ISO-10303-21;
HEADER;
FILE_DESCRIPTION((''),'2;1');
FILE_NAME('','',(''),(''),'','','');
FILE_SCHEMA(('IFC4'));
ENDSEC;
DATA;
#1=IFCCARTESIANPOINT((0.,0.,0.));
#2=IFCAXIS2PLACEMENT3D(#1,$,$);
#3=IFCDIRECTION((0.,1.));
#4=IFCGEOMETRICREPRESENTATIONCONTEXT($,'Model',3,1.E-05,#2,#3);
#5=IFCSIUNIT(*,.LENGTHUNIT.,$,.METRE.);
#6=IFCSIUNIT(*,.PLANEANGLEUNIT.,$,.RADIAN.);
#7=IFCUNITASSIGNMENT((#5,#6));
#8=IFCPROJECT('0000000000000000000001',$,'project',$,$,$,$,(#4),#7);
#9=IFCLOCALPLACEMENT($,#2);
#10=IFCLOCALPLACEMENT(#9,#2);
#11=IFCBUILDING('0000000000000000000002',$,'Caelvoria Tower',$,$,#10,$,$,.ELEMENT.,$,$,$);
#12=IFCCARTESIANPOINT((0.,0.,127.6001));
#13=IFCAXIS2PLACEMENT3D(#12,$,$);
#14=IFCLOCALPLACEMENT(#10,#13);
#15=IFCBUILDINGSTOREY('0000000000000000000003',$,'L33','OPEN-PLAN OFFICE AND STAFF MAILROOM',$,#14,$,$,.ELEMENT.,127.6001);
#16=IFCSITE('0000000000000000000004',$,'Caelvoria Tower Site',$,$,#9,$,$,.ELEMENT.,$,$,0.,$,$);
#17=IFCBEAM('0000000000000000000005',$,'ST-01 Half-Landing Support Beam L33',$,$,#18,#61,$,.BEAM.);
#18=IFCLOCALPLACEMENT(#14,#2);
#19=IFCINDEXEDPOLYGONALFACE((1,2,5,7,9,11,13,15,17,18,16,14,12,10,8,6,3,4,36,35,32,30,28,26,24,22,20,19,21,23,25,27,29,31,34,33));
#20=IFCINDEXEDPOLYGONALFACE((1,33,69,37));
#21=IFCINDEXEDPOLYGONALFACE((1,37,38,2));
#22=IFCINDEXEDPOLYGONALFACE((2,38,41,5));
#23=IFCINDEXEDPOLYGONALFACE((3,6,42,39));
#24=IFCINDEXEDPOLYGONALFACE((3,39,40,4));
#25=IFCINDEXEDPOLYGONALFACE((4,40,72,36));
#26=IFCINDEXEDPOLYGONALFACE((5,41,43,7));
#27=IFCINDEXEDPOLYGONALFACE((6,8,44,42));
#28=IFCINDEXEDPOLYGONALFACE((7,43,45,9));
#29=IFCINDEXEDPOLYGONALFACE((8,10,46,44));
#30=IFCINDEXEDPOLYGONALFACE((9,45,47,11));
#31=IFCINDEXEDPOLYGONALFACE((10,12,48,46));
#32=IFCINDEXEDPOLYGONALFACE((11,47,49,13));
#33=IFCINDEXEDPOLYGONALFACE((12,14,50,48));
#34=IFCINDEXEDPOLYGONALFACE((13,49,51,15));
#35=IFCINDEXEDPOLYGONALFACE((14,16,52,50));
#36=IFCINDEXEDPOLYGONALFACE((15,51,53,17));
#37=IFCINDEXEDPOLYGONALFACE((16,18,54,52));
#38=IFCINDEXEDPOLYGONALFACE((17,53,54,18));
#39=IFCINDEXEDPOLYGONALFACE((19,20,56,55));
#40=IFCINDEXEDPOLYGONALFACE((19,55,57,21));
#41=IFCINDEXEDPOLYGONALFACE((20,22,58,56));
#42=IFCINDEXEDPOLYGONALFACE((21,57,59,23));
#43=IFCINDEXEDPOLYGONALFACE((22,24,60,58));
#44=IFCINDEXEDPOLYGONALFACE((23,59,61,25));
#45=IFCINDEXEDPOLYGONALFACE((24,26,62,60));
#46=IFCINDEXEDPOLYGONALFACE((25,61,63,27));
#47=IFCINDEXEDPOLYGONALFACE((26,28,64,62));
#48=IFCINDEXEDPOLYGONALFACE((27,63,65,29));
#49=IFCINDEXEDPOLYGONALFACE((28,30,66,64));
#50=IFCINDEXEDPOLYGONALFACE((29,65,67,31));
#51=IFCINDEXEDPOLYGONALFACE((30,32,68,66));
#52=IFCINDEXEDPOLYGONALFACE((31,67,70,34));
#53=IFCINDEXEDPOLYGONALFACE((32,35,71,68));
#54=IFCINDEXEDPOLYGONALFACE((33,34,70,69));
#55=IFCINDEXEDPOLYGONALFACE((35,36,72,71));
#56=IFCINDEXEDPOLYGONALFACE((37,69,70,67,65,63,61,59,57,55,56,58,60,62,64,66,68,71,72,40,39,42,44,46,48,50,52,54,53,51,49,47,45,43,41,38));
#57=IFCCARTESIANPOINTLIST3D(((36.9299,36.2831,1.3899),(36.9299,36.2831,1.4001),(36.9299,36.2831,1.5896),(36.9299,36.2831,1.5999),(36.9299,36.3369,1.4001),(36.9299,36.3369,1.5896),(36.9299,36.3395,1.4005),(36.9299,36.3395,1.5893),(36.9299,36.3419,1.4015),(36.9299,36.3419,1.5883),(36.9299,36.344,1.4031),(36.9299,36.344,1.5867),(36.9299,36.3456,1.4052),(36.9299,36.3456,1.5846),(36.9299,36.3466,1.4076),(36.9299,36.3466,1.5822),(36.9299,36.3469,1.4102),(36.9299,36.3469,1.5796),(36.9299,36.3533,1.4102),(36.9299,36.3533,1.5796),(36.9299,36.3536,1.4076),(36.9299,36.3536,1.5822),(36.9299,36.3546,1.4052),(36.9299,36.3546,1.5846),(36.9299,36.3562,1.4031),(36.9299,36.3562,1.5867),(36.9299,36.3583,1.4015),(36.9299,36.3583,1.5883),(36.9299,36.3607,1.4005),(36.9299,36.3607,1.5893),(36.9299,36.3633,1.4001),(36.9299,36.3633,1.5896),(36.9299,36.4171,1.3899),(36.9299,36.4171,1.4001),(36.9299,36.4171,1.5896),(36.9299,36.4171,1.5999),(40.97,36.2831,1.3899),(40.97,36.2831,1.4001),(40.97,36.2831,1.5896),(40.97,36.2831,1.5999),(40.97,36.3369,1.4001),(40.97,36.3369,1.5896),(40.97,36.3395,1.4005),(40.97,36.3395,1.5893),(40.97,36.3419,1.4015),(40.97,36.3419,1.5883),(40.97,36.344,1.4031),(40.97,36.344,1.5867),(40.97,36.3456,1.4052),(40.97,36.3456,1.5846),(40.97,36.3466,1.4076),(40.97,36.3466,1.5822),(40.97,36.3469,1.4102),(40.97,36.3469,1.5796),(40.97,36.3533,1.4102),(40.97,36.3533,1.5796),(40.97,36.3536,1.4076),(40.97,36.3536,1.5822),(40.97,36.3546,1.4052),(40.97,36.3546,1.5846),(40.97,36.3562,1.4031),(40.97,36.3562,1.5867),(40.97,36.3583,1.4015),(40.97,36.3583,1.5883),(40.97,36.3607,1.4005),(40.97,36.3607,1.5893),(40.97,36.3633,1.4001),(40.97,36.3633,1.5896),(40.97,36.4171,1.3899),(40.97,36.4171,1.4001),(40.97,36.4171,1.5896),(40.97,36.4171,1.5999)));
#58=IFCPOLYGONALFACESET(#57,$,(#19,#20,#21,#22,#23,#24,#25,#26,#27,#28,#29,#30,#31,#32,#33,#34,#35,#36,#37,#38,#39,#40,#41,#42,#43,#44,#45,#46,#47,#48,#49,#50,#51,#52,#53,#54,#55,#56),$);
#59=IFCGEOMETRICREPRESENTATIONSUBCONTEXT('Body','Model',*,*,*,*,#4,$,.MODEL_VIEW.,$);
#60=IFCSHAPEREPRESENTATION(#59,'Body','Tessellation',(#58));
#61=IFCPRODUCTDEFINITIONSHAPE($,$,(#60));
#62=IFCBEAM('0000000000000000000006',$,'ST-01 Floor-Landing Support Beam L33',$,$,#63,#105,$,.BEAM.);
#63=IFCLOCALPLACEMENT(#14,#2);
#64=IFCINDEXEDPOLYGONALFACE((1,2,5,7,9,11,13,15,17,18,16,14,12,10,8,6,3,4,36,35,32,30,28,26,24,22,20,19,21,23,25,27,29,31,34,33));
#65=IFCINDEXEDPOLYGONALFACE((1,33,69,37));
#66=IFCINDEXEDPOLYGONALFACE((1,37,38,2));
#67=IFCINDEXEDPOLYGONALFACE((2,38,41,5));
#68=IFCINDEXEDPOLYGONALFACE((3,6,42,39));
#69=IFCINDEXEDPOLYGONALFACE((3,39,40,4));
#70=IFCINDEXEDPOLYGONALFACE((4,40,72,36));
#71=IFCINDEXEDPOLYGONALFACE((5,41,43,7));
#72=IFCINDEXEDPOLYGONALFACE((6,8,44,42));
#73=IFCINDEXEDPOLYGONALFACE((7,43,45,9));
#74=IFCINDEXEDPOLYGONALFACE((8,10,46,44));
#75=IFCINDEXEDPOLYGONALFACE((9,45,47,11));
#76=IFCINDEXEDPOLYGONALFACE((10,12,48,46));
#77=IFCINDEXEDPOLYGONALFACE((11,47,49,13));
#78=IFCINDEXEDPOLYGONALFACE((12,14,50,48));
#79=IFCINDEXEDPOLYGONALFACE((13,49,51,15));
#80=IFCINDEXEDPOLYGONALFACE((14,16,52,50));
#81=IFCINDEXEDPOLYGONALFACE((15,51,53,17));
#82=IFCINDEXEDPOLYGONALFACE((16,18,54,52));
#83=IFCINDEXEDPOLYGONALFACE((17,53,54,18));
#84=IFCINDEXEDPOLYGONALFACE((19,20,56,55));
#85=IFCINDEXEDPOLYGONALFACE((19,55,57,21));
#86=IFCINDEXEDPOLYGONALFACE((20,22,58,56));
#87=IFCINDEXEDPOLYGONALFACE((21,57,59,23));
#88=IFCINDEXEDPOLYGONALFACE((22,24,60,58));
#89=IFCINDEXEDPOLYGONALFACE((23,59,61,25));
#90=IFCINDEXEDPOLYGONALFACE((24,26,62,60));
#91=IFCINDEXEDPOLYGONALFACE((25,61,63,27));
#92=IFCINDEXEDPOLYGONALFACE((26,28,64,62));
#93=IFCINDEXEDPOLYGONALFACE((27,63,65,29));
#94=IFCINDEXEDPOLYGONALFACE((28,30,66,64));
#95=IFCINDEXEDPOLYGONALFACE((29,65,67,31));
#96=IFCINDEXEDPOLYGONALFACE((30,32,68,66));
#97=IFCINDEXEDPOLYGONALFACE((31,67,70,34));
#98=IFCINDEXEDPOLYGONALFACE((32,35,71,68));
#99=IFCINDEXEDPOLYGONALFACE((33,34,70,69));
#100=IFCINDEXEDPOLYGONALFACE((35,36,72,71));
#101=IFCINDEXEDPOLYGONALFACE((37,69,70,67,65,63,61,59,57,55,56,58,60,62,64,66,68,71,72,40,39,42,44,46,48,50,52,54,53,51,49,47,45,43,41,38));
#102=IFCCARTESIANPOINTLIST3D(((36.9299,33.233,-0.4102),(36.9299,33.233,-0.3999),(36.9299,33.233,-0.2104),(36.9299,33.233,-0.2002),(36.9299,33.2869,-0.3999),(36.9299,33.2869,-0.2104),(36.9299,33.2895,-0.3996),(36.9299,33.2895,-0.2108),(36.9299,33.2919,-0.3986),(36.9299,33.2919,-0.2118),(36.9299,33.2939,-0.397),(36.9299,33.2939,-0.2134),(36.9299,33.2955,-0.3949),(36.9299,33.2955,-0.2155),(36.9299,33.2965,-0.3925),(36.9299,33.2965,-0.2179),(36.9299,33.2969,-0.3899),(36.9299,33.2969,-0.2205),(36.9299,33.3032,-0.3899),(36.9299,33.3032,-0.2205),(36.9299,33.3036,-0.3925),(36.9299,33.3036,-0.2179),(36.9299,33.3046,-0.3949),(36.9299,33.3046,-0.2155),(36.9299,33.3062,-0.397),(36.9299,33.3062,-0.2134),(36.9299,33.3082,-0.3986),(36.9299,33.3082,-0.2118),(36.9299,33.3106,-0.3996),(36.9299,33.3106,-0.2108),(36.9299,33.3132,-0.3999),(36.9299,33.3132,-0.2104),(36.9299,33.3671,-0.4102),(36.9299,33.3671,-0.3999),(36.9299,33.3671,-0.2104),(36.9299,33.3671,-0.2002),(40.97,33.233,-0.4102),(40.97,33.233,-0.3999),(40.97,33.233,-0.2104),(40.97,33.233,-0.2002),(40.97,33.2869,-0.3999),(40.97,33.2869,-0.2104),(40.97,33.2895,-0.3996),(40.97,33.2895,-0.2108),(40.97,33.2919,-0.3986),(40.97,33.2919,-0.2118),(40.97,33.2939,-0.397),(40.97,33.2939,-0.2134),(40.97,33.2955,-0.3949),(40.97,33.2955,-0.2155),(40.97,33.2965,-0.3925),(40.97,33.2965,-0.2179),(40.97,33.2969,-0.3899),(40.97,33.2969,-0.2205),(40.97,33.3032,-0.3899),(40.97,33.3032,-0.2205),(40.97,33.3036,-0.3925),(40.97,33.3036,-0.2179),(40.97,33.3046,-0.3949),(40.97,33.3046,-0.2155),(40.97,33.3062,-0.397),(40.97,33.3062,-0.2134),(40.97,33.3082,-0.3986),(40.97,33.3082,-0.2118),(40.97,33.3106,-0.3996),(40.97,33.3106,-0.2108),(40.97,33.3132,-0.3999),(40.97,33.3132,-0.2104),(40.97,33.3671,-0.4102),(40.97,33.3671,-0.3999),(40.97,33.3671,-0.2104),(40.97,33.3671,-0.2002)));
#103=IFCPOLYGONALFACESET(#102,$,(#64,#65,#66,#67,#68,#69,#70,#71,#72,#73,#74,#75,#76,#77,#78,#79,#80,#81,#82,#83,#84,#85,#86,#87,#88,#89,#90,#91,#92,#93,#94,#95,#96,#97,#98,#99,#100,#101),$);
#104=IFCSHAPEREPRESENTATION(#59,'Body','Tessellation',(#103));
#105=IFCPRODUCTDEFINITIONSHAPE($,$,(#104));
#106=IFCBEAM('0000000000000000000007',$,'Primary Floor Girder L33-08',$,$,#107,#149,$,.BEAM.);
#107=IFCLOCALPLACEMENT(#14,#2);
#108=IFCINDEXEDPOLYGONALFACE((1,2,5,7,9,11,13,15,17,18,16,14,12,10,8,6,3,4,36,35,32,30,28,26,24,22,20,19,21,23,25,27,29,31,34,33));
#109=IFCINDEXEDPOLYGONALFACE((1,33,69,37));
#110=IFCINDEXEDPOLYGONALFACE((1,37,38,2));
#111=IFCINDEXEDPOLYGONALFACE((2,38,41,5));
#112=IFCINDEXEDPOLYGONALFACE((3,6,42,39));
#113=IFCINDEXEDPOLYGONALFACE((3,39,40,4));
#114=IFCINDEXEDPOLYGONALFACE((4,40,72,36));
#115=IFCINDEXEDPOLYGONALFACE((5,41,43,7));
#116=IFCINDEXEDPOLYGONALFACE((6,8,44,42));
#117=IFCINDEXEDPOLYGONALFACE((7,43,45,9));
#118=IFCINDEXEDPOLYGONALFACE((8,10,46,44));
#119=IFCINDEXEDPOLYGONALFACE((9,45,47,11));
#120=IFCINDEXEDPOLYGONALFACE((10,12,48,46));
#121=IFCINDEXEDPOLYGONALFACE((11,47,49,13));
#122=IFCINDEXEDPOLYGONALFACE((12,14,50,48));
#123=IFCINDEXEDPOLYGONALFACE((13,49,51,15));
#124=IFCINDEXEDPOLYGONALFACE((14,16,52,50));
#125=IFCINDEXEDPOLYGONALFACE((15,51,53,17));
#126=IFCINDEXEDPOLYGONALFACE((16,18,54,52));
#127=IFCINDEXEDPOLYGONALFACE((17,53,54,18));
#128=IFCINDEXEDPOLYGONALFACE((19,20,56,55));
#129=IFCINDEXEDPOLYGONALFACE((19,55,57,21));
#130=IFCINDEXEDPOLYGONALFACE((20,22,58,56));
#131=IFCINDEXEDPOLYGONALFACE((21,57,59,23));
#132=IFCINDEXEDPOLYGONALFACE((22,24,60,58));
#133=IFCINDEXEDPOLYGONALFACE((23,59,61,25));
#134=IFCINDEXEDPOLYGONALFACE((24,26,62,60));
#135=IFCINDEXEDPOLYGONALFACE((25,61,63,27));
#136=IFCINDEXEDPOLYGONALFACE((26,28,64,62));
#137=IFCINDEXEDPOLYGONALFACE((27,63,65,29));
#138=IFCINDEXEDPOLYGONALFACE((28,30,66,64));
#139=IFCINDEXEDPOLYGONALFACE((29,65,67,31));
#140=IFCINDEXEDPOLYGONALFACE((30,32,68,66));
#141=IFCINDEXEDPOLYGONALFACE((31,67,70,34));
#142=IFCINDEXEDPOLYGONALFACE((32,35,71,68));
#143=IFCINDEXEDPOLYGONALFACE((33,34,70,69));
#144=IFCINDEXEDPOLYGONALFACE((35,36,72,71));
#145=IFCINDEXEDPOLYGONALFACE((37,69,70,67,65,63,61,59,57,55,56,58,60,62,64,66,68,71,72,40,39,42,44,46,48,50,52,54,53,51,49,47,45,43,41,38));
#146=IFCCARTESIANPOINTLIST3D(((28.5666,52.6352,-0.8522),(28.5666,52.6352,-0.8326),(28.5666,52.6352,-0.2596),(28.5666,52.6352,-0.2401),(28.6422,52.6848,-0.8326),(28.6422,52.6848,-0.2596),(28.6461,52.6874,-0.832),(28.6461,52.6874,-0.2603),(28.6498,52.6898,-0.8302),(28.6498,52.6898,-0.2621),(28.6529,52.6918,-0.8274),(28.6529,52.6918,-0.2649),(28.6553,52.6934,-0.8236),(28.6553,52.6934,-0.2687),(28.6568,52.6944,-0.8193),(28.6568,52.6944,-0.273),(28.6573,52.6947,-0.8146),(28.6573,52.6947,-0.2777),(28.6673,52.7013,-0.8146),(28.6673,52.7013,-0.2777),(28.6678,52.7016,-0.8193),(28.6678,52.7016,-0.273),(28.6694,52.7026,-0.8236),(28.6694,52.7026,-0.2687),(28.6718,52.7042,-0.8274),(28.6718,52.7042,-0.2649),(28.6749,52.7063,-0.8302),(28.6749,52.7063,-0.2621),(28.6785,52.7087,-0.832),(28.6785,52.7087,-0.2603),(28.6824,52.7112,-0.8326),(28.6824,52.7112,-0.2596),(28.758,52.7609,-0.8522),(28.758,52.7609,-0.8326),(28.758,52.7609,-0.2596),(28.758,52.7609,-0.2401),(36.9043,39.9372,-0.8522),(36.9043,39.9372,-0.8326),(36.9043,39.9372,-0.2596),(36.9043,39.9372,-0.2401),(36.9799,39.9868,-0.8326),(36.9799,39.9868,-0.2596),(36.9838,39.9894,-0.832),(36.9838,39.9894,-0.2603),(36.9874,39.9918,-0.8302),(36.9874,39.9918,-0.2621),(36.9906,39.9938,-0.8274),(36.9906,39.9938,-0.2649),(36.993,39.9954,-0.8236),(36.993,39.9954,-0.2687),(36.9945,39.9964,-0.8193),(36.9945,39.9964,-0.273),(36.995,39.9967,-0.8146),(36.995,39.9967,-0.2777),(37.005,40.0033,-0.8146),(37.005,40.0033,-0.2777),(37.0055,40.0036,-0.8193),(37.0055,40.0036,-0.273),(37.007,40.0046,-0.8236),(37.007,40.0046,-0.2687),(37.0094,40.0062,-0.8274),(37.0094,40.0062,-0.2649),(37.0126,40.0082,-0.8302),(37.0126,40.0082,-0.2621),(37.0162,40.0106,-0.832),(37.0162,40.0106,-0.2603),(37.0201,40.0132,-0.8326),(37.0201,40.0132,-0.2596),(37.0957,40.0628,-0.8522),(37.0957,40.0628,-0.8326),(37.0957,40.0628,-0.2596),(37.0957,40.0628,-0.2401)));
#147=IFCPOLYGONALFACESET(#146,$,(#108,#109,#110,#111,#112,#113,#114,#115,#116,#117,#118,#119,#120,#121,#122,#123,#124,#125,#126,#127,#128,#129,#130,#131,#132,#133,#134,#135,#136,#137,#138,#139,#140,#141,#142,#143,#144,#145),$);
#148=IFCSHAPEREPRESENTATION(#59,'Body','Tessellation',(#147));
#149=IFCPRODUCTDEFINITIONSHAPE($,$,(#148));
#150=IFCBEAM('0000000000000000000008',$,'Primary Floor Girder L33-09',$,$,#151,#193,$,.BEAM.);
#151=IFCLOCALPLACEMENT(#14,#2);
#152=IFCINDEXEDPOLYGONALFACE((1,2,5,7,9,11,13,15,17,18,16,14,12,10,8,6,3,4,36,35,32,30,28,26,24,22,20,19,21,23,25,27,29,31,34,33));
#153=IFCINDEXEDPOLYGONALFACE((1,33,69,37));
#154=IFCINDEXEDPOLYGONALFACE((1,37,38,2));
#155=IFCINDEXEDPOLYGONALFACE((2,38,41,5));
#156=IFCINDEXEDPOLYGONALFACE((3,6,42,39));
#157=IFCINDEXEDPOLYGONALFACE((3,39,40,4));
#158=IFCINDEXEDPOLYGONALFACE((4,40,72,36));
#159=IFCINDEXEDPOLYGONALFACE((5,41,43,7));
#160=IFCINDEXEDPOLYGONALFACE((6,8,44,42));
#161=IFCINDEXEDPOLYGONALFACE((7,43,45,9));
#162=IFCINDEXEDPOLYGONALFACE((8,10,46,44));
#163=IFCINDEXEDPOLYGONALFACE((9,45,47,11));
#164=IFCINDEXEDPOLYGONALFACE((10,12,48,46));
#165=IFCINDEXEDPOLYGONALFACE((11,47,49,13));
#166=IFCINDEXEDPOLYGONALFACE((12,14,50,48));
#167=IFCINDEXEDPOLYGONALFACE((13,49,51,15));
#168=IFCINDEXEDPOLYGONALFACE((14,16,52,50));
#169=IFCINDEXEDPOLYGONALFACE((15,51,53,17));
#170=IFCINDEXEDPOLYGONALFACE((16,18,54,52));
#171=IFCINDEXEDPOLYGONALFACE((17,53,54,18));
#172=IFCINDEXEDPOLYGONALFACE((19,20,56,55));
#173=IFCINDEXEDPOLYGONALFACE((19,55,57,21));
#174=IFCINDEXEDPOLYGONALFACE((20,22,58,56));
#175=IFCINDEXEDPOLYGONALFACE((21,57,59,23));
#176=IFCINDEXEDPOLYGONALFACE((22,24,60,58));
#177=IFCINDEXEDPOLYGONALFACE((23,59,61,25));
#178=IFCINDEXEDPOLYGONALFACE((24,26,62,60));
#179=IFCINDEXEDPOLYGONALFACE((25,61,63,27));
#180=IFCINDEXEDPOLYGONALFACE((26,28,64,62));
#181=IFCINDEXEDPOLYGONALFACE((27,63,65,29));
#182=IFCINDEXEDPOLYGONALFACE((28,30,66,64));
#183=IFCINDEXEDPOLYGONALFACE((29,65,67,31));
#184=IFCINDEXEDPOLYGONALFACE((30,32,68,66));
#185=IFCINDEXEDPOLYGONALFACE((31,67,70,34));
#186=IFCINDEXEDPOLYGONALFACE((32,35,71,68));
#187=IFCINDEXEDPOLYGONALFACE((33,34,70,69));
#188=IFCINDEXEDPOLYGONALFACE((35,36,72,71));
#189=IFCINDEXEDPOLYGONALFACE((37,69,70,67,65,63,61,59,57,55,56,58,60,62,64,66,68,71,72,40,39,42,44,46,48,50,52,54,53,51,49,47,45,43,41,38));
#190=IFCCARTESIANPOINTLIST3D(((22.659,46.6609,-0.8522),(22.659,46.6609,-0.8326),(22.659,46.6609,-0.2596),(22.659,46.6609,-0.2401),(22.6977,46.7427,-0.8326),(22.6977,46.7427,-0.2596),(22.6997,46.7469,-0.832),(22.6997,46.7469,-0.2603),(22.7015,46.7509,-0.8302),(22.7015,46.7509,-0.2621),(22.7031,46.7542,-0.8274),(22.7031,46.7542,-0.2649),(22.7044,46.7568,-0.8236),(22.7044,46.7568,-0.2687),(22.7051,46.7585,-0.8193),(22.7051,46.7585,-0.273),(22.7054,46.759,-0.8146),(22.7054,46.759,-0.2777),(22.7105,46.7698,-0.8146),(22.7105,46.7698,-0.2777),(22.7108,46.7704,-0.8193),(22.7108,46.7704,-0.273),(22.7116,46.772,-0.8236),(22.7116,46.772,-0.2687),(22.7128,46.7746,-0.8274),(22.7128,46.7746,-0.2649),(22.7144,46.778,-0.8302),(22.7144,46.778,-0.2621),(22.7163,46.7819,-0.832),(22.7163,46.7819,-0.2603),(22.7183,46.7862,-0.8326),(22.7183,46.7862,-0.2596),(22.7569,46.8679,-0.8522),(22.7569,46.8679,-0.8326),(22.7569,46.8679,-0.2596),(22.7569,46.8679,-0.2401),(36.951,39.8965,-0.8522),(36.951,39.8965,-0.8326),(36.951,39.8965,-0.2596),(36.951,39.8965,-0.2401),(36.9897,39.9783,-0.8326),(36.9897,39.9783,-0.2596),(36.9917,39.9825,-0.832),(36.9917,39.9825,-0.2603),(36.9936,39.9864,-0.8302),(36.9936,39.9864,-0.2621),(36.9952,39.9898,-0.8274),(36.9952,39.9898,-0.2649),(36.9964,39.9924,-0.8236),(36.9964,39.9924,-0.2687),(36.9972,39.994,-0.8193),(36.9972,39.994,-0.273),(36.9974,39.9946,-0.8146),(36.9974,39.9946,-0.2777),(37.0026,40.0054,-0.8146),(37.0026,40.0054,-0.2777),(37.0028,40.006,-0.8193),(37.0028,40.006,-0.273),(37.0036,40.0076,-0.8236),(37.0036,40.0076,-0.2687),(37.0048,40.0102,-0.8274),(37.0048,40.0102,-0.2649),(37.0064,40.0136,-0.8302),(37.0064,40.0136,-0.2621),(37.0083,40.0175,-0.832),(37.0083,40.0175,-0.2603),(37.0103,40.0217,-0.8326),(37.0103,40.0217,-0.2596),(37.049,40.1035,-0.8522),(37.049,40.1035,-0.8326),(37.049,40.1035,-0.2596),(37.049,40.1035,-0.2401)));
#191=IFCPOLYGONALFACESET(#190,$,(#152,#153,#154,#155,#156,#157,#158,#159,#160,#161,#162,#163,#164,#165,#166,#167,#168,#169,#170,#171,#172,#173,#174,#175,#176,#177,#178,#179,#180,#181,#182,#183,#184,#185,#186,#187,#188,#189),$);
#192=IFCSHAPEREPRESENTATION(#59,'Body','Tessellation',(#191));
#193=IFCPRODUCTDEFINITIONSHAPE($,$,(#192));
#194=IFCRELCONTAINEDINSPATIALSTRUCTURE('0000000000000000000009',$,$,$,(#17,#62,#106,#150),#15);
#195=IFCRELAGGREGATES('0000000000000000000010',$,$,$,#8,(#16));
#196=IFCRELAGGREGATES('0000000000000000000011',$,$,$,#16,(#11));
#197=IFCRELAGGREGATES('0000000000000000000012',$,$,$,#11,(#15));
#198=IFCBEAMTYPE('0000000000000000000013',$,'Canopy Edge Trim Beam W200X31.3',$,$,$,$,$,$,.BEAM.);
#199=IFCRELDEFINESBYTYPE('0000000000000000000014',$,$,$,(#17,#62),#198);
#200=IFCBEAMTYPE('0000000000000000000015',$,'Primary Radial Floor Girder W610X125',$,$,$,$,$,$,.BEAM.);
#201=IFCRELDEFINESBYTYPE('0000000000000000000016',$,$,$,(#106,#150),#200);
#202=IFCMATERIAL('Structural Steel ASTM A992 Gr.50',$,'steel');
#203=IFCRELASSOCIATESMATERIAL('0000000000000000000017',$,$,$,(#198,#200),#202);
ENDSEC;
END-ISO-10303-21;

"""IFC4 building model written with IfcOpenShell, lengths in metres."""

from ifc_helpers import new_model, si_unit, direction, frame, origin, origin_2d, place, context, subcontext, project, spatial, i_section, extrude, material, material_profile, profile_set, type_object, element, save


model = new_model("IFC4")

# Units and contexts
model_context = context("Model", 3, precision=1e-05, world=origin(), true_north=direction((0.0, 1.0)))
body_context = subcontext(model_context, "Body", "Model", "MODEL_VIEW")
ifc_project = project(units=[si_unit("LENGTHUNIT", "METRE"), si_unit("PLANEANGLEUNIT", "RADIAN")], contexts=[model_context])

# Site, building, storey
site_placement = place(None, origin())
site = spatial("IfcSite", under=ifc_project, at=site_placement, Name="Caelvoria Tower Site", CompositionType="ELEMENT", RefElevation=0.0)
building_placement = place(site_placement, origin())
building = spatial("IfcBuilding", under=site, at=building_placement, Name="Caelvoria Tower", CompositionType="ELEMENT")
storey_placement = place(building_placement, frame((0.0, 0.0, 127.6001)))
storey = spatial("IfcBuildingStorey", under=building, at=storey_placement, Name="L33", Description="OPEN-PLAN OFFICE AND STAFF MAILROOM", CompositionType="ELEMENT", Elevation=127.6001)

# Beams
ifc_material_1 = material(Name="Structural Steel ASTM A992 Gr.50", Category="steel")
ifc_material_profile_1 = material_profile(ifc_material_1, i_section(OverallWidth=0.134, OverallDepth=0.21, WebThickness=0.0063, FlangeThickness=0.0103, FilletRadius=0.01, at=origin_2d()), Name="Structural Steel ASTM A992 Gr.50")
ifc_profile_set_1 = profile_set([ifc_material_profile_1], Name="W200X31.3 - Structural Steel ASTM A992 Gr.50")
beam_type_1 = type_object("IfcBeamType", Name="Canopy Edge Trim Beam W200X31.3", PredefinedType="BEAM", material=ifc_profile_set_1)
for number, where, z_axis, x_axis, name in (
    (1, (36.9299, 36.3501, 1.4949), (1.0, 0.0, 0.0), (0.0, 1.0, 0.0), "ST-01 Half-Landing Support Beam L33"),
    (2, (36.9299, 33.3, -0.3052), (1.0, 0.0, 0.0), (0.0, 1.0, 0.0), "ST-01 Floor-Landing Support Beam L33"),
):
    element("IfcBeam", number, at=place(storey_placement, frame(where, z_axis=z_axis, x_axis=x_axis)), inside=storey, type_object=beam_type_1, Name=name, PredefinedType="BEAM", context=body_context, shape_type="SweptSolid", body=[
        extrude(i_section(OverallWidth=0.134, OverallDepth=0.21, WebThickness=0.0063, FlangeThickness=0.0103, FilletRadius=0.01, at=origin_2d()), origin(), (0.0, 0.0, 1.0), 4.04),
    ])
ifc_material_profile_2 = material_profile(ifc_material_1, i_section(OverallWidth=0.229, OverallDepth=0.6121, WebThickness=0.012, FlangeThickness=0.0195, FilletRadius=0.0181, at=origin_2d()), Name="Structural Steel ASTM A992 Gr.50")
ifc_profile_set_2 = profile_set([ifc_material_profile_2], Name="W610X125 - Structural Steel ASTM A992 Gr.50")
beam_type_2 = type_object("IfcBeamType", Name="Primary Radial Floor Girder W610X125", PredefinedType="BEAM", material=ifc_profile_set_2)
beam_1_placement = place(storey_placement, frame((37.0, 40.0, -0.5461), z_axis=(-0.548867, 0.835909, 0.0), x_axis=(-0.835909, -0.548867, 0.0)))
element("IfcBeam", 3, at=beam_1_placement, inside=storey, type_object=beam_type_2, Name="Primary Floor Girder L33-08", PredefinedType="BEAM", context=body_context, shape_type="SweptSolid", body=[
    extrude(i_section(OverallWidth=0.229, OverallDepth=0.6121, WebThickness=0.012, FlangeThickness=0.0195, FilletRadius=0.0181, at=origin_2d()), origin(), (0.0, 0.0, 1.0), 15.1907),
])
beam_2_placement = place(storey_placement, frame((37.0, 40.0, -0.5461), z_axis=(-0.903872, 0.427803, 0.0), x_axis=(-0.427803, -0.903872, 0.0)))
element("IfcBeam", 4, at=beam_2_placement, inside=storey, type_object=beam_type_2, Name="Primary Floor Girder L33-09", PredefinedType="BEAM", context=body_context, shape_type="SweptSolid", body=[
    extrude(i_section(OverallWidth=0.229, OverallDepth=0.6121, WebThickness=0.012, FlangeThickness=0.0195, FilletRadius=0.0181, at=origin_2d()), origin(), (0.0, 0.0, 1.0), 15.812),
])

save(model, "model.ifc")
